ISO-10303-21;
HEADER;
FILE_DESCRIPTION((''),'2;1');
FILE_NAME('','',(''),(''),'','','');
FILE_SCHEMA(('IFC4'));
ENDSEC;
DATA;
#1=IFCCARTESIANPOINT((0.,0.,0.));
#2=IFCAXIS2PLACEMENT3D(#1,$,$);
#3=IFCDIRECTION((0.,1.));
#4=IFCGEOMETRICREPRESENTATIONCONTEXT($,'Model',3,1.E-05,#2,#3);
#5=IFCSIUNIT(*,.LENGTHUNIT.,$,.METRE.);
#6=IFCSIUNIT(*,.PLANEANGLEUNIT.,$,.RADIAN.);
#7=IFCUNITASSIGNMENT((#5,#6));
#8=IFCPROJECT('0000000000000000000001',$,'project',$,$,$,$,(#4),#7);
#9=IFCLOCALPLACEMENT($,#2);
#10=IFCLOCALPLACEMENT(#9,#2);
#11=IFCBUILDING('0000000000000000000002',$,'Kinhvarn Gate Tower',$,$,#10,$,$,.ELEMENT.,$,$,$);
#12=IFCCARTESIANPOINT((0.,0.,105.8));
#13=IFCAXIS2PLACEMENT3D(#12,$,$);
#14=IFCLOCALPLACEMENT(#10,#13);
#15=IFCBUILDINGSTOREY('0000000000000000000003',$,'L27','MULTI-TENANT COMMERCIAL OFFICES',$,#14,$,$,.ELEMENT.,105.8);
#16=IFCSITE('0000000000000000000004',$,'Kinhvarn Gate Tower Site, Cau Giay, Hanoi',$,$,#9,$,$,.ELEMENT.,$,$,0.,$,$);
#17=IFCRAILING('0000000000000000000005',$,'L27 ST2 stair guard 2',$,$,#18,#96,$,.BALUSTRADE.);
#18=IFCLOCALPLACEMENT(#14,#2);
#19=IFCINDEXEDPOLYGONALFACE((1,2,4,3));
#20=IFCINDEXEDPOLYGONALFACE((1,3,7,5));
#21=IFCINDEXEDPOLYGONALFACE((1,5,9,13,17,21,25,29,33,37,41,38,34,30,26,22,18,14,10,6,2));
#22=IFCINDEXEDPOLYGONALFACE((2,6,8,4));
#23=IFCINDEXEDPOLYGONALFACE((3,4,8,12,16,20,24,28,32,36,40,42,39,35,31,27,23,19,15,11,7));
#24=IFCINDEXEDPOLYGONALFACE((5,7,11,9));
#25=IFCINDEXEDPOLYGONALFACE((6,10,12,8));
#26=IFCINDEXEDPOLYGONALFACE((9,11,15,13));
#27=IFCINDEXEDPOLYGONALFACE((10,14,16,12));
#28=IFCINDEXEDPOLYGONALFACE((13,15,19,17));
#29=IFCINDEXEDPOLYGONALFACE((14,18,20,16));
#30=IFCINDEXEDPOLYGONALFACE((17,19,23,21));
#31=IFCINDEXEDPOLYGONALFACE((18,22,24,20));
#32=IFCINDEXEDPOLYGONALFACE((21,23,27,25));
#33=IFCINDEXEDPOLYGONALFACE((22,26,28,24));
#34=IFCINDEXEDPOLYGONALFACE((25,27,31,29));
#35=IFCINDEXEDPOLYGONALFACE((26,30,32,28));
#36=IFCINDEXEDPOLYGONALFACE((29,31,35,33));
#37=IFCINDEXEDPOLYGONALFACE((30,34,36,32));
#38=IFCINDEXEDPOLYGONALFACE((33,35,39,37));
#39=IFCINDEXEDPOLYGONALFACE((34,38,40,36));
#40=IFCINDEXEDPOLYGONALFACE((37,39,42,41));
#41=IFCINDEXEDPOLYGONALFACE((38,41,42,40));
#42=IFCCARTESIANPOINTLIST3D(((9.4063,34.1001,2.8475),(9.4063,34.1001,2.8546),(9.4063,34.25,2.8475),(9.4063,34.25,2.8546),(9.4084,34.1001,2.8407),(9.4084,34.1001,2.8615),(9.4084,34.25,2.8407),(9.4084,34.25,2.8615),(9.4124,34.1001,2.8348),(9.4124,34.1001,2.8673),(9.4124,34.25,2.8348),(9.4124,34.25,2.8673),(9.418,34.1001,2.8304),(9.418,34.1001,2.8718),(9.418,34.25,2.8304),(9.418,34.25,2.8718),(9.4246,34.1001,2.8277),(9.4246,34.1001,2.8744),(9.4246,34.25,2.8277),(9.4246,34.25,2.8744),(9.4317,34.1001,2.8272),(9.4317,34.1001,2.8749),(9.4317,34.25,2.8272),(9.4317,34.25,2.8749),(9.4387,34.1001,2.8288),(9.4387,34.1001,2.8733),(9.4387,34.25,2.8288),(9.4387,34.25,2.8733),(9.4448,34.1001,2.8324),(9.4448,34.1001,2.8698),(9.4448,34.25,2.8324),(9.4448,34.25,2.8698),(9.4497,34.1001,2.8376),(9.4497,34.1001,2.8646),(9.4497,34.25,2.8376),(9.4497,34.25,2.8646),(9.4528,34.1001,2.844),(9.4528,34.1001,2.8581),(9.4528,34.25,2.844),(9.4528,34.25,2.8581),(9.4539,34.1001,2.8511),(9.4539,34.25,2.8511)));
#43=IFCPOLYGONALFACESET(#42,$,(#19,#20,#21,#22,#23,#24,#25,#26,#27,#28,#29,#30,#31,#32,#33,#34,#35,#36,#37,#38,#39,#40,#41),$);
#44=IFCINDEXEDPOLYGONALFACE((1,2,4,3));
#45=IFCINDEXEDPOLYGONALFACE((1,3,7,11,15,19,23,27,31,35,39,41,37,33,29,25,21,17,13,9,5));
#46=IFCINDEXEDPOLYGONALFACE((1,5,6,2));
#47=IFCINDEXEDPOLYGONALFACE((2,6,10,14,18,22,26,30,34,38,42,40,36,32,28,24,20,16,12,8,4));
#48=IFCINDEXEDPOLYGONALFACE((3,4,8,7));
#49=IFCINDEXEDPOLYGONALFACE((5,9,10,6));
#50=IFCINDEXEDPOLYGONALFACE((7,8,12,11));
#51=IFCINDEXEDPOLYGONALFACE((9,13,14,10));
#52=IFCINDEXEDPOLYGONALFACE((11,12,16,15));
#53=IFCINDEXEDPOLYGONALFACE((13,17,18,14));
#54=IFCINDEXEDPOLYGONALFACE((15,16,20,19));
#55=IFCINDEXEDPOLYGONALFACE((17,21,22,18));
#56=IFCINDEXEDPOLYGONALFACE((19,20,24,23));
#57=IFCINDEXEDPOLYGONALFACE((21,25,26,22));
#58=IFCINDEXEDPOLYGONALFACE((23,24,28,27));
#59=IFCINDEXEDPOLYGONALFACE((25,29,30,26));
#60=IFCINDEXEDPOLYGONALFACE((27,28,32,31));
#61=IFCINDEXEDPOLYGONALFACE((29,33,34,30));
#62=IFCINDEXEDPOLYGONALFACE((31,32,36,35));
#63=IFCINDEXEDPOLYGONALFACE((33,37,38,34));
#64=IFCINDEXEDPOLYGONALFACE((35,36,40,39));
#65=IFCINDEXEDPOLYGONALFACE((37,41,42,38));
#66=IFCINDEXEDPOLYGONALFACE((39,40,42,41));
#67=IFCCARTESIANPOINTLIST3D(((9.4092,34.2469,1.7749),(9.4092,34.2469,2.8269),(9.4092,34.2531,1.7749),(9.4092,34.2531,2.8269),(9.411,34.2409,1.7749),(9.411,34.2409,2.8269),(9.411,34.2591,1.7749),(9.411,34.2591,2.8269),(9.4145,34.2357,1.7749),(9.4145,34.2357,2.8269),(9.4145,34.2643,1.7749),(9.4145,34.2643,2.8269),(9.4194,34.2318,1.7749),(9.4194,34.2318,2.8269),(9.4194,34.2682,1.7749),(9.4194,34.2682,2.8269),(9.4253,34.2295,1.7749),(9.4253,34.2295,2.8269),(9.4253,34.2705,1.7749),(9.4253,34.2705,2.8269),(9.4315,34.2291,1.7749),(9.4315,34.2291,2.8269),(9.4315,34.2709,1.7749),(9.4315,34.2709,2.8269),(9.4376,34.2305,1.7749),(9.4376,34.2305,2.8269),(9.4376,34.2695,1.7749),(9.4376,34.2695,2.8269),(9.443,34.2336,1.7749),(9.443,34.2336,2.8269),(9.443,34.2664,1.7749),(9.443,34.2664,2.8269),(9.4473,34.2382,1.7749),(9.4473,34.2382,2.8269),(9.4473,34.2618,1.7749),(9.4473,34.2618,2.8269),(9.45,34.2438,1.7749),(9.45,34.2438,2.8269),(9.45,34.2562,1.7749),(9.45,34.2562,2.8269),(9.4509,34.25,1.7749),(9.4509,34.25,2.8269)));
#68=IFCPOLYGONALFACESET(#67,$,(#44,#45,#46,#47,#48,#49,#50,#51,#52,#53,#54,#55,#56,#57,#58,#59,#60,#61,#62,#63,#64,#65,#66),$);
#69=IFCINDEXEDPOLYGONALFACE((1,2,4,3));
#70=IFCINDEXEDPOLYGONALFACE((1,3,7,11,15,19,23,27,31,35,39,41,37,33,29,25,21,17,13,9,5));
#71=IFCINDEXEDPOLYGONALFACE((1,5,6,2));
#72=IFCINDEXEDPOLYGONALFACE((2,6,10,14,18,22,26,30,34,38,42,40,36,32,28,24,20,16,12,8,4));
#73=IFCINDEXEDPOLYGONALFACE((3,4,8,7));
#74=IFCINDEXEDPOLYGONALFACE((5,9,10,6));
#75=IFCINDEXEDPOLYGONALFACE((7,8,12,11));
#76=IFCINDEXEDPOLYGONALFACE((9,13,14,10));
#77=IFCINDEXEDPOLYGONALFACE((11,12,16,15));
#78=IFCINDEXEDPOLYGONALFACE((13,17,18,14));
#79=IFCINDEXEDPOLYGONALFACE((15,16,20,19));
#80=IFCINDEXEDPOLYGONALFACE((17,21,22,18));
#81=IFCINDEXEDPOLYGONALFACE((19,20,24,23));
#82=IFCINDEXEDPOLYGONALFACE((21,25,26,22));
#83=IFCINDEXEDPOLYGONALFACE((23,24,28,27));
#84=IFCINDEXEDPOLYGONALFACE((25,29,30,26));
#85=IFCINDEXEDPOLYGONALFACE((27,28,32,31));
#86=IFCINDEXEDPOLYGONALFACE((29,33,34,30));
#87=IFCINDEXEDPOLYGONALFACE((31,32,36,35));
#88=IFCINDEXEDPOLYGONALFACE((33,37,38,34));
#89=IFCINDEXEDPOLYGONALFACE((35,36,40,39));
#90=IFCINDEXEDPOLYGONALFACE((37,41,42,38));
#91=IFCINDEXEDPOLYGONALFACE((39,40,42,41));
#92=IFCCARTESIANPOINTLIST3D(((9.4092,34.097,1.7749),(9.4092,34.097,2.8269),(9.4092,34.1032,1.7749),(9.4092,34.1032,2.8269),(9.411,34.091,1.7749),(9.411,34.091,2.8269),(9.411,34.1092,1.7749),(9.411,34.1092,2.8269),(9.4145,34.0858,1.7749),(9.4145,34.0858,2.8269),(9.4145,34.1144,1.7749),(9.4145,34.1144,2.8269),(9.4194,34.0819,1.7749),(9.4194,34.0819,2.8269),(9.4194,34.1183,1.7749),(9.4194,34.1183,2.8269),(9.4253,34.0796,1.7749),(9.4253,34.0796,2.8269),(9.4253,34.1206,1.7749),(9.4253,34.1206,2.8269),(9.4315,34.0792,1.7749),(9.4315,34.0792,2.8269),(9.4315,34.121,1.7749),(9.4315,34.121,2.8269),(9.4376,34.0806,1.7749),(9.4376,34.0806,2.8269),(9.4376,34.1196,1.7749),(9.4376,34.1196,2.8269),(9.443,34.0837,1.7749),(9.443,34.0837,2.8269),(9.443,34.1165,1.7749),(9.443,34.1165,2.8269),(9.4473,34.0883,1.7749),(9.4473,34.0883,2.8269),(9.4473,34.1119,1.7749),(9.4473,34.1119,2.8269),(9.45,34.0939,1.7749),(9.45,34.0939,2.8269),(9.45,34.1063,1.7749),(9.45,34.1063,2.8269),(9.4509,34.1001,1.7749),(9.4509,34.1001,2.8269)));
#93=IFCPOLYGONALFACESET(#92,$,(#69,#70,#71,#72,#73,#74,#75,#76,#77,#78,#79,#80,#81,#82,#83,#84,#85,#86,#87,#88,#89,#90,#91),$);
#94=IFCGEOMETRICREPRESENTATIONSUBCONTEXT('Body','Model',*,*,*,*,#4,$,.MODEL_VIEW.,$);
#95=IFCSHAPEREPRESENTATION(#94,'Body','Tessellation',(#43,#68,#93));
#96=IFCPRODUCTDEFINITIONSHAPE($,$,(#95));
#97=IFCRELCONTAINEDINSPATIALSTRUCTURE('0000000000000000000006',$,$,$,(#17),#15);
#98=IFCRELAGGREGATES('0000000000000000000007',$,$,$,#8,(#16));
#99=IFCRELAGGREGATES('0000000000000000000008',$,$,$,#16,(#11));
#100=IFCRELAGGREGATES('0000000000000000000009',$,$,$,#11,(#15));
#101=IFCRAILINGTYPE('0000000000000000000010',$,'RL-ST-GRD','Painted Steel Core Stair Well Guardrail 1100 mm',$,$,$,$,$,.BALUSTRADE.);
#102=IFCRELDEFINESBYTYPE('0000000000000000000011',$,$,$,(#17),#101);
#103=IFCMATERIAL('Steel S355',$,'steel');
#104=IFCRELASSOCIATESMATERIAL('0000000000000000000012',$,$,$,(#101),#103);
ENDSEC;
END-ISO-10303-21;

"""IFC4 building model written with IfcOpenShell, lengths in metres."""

from ifc_helpers import new_model, si_unit, direction, frame, origin, origin_2d, place, context, subcontext, project, spatial, circle, extrude, material, type_object, element, save


model = new_model("IFC4")

# Units and contexts
model_context = context("Model", 3, precision=1e-05, world=origin(), true_north=direction((0.0, 1.0)))
body_context = subcontext(model_context, "Body", "Model", "MODEL_VIEW")
ifc_project = project(units=[si_unit("LENGTHUNIT", "METRE"), si_unit("PLANEANGLEUNIT", "RADIAN")], contexts=[model_context])

# Site, building, storey
site_placement = place(None, origin())
site = spatial("IfcSite", under=ifc_project, at=site_placement, Name="Kinhvarn Gate Tower Site, Cau Giay, Hanoi", CompositionType="ELEMENT", RefElevation=0.0)
building_placement = place(site_placement, origin())
building = spatial("IfcBuilding", under=site, at=building_placement, Name="Kinhvarn Gate Tower", CompositionType="ELEMENT")
storey_placement = place(building_placement, frame((0.0, 0.0, 105.8)))
storey = spatial("IfcBuildingStorey", under=building, at=storey_placement, Name="L27", Description="MULTI-TENANT COMMERCIAL OFFICES", CompositionType="ELEMENT", Elevation=105.8)

# Shared definitions
ifc_material_1 = material(Name="Steel S355", Category="steel")

# Railing
railing_type_1 = type_object("IfcRailingType", Name="RL-ST-GRD", Description="Painted Steel Core Stair Well Guardrail 1100 mm", PredefinedType="BALUSTRADE", material=ifc_material_1)
railing_1_placement = place(storey_placement, frame((9.4299, 34.25, 1.7749)))
element("IfcRailing", 1, at=railing_1_placement, inside=storey, type_object=railing_type_1, Name="L27 ST2 stair guard 2", PredefinedType="BALUSTRADE", context=body_context, shape_type="SweptSolid", body=[
    extrude(circle(Radius=0.0239, at=origin_2d()), frame((0.0, 0.0, 1.0762), z_axis=(0.0, -1.0, 0.0), x_axis=(1.0, 0.0, 0.0)), (0.0, 0.0, 1.0), 0.1499),
    extrude(circle(Radius=0.021, at=origin_2d()), origin(), (0.0, 0.0, 1.0), 1.052),
    extrude(circle(Radius=0.021, at=origin_2d()), frame((0.0, -0.1499, 0.0)), (0.0, 0.0, 1.0), 1.052),
])

save(model, "model.ifc")
